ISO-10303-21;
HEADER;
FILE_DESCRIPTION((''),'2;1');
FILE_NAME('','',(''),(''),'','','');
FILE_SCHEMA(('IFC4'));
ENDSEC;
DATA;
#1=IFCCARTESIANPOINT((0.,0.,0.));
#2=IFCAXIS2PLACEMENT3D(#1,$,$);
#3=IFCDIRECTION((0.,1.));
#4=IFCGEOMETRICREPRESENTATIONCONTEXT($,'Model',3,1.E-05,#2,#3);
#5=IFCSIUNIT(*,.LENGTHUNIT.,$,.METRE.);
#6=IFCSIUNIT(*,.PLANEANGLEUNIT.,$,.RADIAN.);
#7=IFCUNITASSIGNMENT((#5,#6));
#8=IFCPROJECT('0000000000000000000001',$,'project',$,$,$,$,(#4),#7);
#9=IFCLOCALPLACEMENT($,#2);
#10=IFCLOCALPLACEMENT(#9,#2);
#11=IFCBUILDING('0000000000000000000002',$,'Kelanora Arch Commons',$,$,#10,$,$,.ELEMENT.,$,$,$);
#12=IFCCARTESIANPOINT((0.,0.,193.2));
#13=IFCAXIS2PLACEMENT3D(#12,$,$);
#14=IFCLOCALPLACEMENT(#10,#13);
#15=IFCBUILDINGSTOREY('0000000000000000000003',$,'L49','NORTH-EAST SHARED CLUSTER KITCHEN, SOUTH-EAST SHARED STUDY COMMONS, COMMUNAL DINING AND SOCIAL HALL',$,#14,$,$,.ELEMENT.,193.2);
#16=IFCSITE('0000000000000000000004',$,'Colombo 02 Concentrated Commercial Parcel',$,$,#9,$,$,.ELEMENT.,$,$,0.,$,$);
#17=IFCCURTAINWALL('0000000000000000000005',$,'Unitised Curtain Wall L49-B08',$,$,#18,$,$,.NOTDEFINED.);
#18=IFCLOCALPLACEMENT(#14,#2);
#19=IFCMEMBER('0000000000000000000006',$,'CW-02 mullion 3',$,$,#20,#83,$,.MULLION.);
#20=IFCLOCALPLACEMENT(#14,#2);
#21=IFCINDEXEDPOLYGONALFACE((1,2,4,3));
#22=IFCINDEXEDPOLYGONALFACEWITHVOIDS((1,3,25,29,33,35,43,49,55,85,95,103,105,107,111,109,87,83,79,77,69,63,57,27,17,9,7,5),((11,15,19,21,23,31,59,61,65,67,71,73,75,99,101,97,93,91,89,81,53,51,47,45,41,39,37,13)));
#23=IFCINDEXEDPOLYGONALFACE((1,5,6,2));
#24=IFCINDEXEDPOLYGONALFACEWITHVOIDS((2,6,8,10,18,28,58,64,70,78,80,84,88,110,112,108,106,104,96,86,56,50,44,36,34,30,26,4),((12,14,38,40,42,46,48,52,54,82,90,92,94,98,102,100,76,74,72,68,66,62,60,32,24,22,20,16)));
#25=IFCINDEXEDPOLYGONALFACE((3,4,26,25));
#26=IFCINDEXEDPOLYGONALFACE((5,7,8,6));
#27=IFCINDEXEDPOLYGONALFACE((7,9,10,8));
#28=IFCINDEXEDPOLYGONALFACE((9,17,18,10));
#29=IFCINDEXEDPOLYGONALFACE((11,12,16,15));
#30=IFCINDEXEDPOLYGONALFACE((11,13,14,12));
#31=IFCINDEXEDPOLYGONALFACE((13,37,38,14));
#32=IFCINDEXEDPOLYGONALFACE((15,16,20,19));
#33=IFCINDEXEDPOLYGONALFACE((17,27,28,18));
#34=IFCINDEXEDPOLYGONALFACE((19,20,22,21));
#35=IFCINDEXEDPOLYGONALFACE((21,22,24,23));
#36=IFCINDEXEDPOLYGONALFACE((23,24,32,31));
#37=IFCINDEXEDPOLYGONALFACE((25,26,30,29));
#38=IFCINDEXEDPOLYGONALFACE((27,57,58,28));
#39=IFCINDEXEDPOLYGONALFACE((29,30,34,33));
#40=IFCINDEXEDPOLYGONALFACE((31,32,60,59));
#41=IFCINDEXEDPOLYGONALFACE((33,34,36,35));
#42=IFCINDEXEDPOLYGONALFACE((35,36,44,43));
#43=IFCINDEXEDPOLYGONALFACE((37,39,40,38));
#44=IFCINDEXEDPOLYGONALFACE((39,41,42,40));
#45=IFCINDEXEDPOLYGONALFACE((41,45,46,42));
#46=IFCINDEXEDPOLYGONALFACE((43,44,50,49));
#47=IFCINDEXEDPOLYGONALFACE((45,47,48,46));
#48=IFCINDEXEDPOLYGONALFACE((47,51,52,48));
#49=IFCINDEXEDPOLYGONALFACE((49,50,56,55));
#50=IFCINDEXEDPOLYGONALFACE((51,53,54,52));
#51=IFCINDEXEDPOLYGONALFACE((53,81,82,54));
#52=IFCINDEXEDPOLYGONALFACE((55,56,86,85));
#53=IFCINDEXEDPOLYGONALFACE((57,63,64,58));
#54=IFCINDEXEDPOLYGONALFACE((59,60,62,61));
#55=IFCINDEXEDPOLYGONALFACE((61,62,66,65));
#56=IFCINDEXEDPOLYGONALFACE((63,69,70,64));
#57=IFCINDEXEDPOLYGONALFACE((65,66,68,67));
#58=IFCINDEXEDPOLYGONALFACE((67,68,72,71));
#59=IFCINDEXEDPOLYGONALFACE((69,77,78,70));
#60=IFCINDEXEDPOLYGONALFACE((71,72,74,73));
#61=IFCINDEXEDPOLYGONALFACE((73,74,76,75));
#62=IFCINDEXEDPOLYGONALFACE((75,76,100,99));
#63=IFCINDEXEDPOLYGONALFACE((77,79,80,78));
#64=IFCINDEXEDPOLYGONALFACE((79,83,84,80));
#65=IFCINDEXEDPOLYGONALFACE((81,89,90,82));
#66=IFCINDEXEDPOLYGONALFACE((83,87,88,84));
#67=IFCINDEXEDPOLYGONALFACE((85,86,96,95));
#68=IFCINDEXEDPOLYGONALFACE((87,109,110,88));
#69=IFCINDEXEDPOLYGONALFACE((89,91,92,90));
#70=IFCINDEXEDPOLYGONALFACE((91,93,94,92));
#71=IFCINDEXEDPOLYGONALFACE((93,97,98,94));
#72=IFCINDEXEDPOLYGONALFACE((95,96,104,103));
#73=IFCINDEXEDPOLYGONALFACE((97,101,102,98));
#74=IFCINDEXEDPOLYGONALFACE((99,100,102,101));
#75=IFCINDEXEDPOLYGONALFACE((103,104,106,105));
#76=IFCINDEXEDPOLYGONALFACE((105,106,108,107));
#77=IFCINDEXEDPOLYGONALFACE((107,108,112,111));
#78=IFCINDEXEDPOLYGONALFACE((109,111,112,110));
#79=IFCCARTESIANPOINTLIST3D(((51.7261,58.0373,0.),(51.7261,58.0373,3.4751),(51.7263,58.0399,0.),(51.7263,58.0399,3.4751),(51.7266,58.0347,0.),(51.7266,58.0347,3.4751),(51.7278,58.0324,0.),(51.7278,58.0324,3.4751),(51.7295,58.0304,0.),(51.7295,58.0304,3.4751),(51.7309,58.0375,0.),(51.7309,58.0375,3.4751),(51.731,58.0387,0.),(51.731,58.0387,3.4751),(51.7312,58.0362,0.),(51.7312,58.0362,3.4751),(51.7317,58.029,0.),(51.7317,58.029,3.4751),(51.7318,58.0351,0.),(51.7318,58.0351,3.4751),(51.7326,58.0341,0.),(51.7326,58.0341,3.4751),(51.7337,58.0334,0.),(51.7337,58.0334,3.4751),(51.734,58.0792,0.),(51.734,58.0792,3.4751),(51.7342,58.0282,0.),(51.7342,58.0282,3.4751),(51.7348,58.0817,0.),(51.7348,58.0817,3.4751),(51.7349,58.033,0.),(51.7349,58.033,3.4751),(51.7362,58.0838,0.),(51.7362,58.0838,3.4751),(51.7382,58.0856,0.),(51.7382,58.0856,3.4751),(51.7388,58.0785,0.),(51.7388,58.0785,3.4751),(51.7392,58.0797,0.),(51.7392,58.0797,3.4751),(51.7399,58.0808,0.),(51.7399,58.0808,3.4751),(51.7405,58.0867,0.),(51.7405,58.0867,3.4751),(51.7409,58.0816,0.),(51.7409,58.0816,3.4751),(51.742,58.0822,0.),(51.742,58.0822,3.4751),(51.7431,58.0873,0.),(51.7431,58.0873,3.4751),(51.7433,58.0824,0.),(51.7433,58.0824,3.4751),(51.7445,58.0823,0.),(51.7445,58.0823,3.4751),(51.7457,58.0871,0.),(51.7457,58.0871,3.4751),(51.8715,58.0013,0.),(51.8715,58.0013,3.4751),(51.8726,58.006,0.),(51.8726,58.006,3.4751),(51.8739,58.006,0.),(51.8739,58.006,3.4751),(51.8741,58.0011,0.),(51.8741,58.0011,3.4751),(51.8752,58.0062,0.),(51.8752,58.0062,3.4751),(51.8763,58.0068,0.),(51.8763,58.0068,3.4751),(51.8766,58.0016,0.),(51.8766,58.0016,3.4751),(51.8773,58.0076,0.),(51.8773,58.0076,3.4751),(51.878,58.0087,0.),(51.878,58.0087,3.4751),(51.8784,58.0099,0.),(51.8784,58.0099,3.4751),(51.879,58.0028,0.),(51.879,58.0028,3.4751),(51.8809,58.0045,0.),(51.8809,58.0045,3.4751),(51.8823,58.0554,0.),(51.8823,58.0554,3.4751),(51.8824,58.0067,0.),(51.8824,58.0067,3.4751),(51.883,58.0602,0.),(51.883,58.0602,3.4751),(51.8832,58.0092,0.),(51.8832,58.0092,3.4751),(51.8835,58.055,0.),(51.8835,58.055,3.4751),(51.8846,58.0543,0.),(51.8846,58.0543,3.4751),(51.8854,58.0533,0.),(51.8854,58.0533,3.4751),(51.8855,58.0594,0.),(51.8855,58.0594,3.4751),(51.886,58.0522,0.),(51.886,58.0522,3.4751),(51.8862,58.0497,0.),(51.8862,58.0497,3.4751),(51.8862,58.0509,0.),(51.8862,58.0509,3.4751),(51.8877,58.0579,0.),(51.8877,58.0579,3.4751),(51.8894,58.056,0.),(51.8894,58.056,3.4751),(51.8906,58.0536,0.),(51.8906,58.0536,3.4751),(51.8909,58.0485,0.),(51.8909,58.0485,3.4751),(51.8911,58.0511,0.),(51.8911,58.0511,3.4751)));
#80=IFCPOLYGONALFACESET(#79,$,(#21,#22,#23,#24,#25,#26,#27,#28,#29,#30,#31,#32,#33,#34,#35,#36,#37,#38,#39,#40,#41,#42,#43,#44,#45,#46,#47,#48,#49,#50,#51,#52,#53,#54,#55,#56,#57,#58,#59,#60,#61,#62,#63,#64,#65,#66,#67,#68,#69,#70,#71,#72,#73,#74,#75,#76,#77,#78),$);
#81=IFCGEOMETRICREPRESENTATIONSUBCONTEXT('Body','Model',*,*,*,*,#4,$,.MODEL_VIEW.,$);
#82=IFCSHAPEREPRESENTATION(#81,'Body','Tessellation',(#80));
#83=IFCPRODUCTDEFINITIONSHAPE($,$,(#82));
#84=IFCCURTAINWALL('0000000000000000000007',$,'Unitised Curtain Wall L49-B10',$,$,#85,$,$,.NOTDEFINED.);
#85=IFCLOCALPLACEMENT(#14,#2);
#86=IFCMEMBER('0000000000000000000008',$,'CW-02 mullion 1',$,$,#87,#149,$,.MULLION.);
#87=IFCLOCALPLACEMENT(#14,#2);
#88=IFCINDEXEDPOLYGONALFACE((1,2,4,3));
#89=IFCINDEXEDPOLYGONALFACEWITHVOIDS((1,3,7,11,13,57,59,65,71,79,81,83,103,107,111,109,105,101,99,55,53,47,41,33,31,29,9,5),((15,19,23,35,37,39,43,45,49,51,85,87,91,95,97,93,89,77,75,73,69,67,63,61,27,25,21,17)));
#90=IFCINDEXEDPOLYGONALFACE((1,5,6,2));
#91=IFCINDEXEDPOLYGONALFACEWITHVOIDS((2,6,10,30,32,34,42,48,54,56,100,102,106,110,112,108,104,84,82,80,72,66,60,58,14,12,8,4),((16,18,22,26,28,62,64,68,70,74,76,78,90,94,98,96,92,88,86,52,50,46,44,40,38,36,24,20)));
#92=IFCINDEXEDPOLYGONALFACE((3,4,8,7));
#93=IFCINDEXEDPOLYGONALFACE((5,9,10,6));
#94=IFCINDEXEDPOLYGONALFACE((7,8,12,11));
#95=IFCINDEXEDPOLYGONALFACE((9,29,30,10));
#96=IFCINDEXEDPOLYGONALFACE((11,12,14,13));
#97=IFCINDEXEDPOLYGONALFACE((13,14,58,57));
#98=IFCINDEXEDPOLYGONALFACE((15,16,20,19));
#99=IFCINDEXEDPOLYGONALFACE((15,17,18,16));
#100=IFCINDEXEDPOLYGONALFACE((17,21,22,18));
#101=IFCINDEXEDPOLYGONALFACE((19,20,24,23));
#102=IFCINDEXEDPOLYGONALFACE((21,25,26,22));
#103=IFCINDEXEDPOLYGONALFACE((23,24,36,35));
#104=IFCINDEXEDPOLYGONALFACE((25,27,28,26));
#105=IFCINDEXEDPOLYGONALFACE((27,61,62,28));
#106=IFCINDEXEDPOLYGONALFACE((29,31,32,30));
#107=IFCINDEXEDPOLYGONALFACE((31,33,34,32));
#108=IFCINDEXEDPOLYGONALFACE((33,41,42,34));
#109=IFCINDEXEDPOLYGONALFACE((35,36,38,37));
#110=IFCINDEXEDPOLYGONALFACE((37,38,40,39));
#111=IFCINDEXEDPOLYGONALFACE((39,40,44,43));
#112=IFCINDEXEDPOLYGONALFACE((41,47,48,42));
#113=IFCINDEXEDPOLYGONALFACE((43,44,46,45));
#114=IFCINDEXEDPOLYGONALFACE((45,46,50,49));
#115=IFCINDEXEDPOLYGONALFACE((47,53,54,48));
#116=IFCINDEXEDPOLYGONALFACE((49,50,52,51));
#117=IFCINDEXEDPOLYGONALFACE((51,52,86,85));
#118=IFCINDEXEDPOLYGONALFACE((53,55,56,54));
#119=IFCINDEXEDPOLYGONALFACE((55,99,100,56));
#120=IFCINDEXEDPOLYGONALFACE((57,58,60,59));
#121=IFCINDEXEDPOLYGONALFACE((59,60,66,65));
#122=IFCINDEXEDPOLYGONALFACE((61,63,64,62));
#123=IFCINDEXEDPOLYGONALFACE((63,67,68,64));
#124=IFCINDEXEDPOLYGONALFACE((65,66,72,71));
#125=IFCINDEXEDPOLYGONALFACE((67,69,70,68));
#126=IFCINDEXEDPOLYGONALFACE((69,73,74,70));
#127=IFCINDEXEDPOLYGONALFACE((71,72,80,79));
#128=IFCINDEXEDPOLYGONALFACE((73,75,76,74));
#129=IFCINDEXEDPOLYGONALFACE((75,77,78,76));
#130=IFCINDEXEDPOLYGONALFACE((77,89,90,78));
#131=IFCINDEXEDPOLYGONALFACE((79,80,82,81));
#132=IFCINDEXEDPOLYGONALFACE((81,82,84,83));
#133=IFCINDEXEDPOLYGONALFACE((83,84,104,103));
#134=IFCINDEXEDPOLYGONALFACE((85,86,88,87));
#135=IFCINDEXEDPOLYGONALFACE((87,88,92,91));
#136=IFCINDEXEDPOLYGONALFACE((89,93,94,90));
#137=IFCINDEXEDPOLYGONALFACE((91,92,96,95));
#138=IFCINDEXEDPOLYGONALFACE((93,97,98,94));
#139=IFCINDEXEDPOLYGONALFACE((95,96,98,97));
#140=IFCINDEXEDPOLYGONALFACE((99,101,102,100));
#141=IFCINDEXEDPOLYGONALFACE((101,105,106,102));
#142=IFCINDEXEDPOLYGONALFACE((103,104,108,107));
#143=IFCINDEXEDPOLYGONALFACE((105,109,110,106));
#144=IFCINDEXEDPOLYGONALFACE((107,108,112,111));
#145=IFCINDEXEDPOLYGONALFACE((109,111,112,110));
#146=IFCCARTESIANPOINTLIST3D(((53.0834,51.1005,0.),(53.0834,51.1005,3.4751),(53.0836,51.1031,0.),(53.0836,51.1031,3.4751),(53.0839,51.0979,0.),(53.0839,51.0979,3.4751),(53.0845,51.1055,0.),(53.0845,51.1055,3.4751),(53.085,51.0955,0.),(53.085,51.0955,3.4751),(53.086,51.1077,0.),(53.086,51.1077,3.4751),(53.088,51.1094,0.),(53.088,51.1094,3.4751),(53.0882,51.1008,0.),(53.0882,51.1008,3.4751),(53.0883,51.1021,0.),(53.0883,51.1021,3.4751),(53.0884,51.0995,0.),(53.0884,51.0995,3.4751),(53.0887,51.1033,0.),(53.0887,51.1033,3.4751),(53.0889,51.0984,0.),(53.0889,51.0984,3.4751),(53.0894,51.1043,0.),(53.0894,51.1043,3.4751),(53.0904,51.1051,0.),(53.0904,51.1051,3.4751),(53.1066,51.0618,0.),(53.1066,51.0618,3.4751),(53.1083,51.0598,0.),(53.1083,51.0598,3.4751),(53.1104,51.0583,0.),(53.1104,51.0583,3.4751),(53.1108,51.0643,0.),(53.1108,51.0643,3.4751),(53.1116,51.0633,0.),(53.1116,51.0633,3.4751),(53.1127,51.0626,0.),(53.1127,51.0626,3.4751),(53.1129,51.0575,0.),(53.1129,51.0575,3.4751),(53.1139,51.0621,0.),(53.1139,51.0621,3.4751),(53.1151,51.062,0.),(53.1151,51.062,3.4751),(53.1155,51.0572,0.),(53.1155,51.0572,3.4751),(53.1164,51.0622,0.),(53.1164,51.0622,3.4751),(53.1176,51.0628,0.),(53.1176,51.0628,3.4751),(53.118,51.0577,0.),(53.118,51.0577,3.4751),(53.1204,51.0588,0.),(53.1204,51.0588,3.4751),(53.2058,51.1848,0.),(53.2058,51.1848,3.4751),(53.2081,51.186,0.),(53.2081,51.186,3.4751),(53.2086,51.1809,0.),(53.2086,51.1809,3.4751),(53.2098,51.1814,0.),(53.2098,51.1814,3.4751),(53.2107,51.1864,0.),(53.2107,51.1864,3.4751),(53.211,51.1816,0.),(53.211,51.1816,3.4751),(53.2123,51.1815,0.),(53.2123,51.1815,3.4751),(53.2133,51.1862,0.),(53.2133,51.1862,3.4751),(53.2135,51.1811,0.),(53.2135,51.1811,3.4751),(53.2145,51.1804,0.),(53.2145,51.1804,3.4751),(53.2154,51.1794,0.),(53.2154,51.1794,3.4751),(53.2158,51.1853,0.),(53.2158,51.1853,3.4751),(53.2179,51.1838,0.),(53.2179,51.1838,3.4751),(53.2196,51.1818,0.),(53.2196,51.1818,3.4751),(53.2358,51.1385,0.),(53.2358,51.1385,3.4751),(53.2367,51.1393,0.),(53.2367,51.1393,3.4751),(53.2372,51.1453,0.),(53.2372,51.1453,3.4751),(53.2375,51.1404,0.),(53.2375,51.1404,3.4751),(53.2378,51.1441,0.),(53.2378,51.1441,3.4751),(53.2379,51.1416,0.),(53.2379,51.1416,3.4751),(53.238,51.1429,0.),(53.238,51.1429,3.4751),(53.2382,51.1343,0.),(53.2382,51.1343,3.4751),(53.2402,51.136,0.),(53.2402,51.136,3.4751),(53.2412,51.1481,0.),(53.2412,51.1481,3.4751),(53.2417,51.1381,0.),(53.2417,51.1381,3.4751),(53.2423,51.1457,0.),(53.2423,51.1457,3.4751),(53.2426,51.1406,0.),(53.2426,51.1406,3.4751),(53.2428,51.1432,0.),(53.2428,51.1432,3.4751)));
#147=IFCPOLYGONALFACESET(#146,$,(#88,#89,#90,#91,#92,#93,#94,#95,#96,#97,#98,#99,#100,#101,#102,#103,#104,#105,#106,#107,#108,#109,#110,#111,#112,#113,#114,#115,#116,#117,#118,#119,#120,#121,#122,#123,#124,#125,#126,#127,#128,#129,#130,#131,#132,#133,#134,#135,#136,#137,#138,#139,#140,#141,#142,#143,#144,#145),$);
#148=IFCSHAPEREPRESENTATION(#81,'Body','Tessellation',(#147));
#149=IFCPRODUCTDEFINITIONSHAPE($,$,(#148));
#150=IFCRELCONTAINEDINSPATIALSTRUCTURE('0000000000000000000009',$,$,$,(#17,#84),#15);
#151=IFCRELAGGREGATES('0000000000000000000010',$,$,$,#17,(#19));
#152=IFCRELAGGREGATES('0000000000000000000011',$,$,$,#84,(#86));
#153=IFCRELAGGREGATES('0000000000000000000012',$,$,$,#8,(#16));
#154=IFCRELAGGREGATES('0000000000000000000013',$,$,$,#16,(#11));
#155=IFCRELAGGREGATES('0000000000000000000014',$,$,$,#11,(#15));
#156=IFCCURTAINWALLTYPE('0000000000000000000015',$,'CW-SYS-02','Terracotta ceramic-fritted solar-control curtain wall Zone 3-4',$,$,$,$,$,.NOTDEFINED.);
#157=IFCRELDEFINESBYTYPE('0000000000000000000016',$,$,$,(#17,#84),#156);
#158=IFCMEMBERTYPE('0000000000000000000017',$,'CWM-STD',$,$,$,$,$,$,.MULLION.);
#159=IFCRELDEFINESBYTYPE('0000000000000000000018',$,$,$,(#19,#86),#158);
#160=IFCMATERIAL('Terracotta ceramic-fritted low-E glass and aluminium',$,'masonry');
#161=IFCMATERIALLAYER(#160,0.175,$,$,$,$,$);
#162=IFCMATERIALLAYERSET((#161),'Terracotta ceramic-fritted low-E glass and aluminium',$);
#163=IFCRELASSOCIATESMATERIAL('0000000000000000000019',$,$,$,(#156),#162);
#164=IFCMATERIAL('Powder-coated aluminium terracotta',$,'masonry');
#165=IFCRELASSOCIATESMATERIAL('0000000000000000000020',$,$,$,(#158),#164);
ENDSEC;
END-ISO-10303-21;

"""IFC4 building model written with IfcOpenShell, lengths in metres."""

from ifc_helpers import new_model, si_unit, direction, frame, origin, origin_2d, place, context, subcontext, project, spatial, hollow_rectangle, extrude, material, layer, layer_set, material_profile, profile_set, type_object, element, aggregate, save


model = new_model("IFC4")

# Units and contexts
model_context = context("Model", 3, precision=1e-05, world=origin(), true_north=direction((0.0, 1.0)))
body_context = subcontext(model_context, "Body", "Model", "MODEL_VIEW")
ifc_project = project(units=[si_unit("LENGTHUNIT", "METRE"), si_unit("PLANEANGLEUNIT", "RADIAN")], contexts=[model_context])

# Site, building, storey
site_placement = place(None, origin())
site = spatial("IfcSite", under=ifc_project, at=site_placement, Name="Colombo 02 Concentrated Commercial Parcel", CompositionType="ELEMENT", RefElevation=0.0)
building_placement = place(site_placement, origin())
building = spatial("IfcBuilding", under=site, at=building_placement, Name="Kelanora Arch Commons", CompositionType="ELEMENT")
storey_placement = place(building_placement, frame((0.0, 0.0, 193.2)))
storey = spatial("IfcBuildingStorey", under=building, at=storey_placement, Name="L49", Description="NORTH-EAST SHARED CLUSTER KITCHEN, SOUTH-EAST SHARED STUDY COMMONS, COMMUNAL DINING AND SOCIAL HALL", CompositionType="ELEMENT", Elevation=193.2)

# Curtain wall, member
ifc_material_1 = material(Name="Terracotta ceramic-fritted low-E glass and aluminium", Category="masonry")
ifc_layer_1 = layer(ifc_material_1, 0.175)
ifc_layer_set_1 = layer_set([ifc_layer_1], Name="Terracotta ceramic-fritted low-E glass and aluminium")
curtain_wall_type = type_object("IfcCurtainWallType", Name="CW-SYS-02", Description="Terracotta ceramic-fritted solar-control curtain wall Zone 3-4", PredefinedType="NOTDEFINED", material=ifc_layer_set_1)
curtain_wall_1_placement = place(storey_placement, origin())
curtain_wall_1 = element("IfcCurtainWall", 1, at=curtain_wall_1_placement, inside=storey, type_object=curtain_wall_type, Name="Unitised Curtain Wall L49-B08", PredefinedType="NOTDEFINED")
ifc_material_2 = material(Name="Powder-coated aluminium terracotta", Category="masonry")
ifc_material_profile_1 = material_profile(ifc_material_2, hollow_rectangle(XDim=0.1599, YDim=0.0601, WallThickness=0.0049, InnerFilletRadius=0.0049, OuterFilletRadius=0.01, at=origin_2d()), Name="CWM160x60")
ifc_profile_set_1 = profile_set([ifc_material_profile_1], Name="Powder-coated aluminium terracotta")
member_type_1 = type_object("IfcMemberType", Name="CWM-STD", PredefinedType="MULLION", material=ifc_profile_set_1)
member_1_placement = place(storey_placement, frame((51.8086, 58.0442, 0.0), z_axis=(0.0, 0.0, 1.0), x_axis=(0.981381, -0.192069, 0.0)))
member_1 = element("IfcMember", 2, at=member_1_placement, type_object=member_type_1, Name="CW-02 mullion 3", PredefinedType="MULLION", context=body_context, shape_type="SweptSolid", body=[
    extrude(hollow_rectangle(XDim=0.1599, YDim=0.0601, WallThickness=0.0049, InnerFilletRadius=0.0049, OuterFilletRadius=0.01, at=origin_2d()), origin(), (0.0, 0.0, 1.0), 3.4751),
])
aggregate(curtain_wall_1, [member_1])

# Curtain wall, member
curtain_wall_2_placement = place(storey_placement, origin())
curtain_wall_2 = element("IfcCurtainWall", 3, at=curtain_wall_2_placement, inside=storey, type_object=curtain_wall_type, Name="Unitised Curtain Wall L49-B10", PredefinedType="NOTDEFINED")
member_2_placement = place(storey_placement, frame((53.1631, 51.1218, 0.0), z_axis=(0.0, 0.0, 1.0), x_axis=(0.841948, 0.539559, 0.0)))
member_2 = element("IfcMember", 4, at=member_2_placement, type_object=member_type_1, Name="CW-02 mullion 1", PredefinedType="MULLION", context=body_context, shape_type="SweptSolid", body=[
    extrude(hollow_rectangle(XDim=0.1599, YDim=0.0601, WallThickness=0.0049, InnerFilletRadius=0.0049, OuterFilletRadius=0.01, at=origin_2d()), origin(), (0.0, 0.0, 1.0), 3.4751),
])

aggregate(curtain_wall_2, [member_2])

save(model, "model.ifc")
